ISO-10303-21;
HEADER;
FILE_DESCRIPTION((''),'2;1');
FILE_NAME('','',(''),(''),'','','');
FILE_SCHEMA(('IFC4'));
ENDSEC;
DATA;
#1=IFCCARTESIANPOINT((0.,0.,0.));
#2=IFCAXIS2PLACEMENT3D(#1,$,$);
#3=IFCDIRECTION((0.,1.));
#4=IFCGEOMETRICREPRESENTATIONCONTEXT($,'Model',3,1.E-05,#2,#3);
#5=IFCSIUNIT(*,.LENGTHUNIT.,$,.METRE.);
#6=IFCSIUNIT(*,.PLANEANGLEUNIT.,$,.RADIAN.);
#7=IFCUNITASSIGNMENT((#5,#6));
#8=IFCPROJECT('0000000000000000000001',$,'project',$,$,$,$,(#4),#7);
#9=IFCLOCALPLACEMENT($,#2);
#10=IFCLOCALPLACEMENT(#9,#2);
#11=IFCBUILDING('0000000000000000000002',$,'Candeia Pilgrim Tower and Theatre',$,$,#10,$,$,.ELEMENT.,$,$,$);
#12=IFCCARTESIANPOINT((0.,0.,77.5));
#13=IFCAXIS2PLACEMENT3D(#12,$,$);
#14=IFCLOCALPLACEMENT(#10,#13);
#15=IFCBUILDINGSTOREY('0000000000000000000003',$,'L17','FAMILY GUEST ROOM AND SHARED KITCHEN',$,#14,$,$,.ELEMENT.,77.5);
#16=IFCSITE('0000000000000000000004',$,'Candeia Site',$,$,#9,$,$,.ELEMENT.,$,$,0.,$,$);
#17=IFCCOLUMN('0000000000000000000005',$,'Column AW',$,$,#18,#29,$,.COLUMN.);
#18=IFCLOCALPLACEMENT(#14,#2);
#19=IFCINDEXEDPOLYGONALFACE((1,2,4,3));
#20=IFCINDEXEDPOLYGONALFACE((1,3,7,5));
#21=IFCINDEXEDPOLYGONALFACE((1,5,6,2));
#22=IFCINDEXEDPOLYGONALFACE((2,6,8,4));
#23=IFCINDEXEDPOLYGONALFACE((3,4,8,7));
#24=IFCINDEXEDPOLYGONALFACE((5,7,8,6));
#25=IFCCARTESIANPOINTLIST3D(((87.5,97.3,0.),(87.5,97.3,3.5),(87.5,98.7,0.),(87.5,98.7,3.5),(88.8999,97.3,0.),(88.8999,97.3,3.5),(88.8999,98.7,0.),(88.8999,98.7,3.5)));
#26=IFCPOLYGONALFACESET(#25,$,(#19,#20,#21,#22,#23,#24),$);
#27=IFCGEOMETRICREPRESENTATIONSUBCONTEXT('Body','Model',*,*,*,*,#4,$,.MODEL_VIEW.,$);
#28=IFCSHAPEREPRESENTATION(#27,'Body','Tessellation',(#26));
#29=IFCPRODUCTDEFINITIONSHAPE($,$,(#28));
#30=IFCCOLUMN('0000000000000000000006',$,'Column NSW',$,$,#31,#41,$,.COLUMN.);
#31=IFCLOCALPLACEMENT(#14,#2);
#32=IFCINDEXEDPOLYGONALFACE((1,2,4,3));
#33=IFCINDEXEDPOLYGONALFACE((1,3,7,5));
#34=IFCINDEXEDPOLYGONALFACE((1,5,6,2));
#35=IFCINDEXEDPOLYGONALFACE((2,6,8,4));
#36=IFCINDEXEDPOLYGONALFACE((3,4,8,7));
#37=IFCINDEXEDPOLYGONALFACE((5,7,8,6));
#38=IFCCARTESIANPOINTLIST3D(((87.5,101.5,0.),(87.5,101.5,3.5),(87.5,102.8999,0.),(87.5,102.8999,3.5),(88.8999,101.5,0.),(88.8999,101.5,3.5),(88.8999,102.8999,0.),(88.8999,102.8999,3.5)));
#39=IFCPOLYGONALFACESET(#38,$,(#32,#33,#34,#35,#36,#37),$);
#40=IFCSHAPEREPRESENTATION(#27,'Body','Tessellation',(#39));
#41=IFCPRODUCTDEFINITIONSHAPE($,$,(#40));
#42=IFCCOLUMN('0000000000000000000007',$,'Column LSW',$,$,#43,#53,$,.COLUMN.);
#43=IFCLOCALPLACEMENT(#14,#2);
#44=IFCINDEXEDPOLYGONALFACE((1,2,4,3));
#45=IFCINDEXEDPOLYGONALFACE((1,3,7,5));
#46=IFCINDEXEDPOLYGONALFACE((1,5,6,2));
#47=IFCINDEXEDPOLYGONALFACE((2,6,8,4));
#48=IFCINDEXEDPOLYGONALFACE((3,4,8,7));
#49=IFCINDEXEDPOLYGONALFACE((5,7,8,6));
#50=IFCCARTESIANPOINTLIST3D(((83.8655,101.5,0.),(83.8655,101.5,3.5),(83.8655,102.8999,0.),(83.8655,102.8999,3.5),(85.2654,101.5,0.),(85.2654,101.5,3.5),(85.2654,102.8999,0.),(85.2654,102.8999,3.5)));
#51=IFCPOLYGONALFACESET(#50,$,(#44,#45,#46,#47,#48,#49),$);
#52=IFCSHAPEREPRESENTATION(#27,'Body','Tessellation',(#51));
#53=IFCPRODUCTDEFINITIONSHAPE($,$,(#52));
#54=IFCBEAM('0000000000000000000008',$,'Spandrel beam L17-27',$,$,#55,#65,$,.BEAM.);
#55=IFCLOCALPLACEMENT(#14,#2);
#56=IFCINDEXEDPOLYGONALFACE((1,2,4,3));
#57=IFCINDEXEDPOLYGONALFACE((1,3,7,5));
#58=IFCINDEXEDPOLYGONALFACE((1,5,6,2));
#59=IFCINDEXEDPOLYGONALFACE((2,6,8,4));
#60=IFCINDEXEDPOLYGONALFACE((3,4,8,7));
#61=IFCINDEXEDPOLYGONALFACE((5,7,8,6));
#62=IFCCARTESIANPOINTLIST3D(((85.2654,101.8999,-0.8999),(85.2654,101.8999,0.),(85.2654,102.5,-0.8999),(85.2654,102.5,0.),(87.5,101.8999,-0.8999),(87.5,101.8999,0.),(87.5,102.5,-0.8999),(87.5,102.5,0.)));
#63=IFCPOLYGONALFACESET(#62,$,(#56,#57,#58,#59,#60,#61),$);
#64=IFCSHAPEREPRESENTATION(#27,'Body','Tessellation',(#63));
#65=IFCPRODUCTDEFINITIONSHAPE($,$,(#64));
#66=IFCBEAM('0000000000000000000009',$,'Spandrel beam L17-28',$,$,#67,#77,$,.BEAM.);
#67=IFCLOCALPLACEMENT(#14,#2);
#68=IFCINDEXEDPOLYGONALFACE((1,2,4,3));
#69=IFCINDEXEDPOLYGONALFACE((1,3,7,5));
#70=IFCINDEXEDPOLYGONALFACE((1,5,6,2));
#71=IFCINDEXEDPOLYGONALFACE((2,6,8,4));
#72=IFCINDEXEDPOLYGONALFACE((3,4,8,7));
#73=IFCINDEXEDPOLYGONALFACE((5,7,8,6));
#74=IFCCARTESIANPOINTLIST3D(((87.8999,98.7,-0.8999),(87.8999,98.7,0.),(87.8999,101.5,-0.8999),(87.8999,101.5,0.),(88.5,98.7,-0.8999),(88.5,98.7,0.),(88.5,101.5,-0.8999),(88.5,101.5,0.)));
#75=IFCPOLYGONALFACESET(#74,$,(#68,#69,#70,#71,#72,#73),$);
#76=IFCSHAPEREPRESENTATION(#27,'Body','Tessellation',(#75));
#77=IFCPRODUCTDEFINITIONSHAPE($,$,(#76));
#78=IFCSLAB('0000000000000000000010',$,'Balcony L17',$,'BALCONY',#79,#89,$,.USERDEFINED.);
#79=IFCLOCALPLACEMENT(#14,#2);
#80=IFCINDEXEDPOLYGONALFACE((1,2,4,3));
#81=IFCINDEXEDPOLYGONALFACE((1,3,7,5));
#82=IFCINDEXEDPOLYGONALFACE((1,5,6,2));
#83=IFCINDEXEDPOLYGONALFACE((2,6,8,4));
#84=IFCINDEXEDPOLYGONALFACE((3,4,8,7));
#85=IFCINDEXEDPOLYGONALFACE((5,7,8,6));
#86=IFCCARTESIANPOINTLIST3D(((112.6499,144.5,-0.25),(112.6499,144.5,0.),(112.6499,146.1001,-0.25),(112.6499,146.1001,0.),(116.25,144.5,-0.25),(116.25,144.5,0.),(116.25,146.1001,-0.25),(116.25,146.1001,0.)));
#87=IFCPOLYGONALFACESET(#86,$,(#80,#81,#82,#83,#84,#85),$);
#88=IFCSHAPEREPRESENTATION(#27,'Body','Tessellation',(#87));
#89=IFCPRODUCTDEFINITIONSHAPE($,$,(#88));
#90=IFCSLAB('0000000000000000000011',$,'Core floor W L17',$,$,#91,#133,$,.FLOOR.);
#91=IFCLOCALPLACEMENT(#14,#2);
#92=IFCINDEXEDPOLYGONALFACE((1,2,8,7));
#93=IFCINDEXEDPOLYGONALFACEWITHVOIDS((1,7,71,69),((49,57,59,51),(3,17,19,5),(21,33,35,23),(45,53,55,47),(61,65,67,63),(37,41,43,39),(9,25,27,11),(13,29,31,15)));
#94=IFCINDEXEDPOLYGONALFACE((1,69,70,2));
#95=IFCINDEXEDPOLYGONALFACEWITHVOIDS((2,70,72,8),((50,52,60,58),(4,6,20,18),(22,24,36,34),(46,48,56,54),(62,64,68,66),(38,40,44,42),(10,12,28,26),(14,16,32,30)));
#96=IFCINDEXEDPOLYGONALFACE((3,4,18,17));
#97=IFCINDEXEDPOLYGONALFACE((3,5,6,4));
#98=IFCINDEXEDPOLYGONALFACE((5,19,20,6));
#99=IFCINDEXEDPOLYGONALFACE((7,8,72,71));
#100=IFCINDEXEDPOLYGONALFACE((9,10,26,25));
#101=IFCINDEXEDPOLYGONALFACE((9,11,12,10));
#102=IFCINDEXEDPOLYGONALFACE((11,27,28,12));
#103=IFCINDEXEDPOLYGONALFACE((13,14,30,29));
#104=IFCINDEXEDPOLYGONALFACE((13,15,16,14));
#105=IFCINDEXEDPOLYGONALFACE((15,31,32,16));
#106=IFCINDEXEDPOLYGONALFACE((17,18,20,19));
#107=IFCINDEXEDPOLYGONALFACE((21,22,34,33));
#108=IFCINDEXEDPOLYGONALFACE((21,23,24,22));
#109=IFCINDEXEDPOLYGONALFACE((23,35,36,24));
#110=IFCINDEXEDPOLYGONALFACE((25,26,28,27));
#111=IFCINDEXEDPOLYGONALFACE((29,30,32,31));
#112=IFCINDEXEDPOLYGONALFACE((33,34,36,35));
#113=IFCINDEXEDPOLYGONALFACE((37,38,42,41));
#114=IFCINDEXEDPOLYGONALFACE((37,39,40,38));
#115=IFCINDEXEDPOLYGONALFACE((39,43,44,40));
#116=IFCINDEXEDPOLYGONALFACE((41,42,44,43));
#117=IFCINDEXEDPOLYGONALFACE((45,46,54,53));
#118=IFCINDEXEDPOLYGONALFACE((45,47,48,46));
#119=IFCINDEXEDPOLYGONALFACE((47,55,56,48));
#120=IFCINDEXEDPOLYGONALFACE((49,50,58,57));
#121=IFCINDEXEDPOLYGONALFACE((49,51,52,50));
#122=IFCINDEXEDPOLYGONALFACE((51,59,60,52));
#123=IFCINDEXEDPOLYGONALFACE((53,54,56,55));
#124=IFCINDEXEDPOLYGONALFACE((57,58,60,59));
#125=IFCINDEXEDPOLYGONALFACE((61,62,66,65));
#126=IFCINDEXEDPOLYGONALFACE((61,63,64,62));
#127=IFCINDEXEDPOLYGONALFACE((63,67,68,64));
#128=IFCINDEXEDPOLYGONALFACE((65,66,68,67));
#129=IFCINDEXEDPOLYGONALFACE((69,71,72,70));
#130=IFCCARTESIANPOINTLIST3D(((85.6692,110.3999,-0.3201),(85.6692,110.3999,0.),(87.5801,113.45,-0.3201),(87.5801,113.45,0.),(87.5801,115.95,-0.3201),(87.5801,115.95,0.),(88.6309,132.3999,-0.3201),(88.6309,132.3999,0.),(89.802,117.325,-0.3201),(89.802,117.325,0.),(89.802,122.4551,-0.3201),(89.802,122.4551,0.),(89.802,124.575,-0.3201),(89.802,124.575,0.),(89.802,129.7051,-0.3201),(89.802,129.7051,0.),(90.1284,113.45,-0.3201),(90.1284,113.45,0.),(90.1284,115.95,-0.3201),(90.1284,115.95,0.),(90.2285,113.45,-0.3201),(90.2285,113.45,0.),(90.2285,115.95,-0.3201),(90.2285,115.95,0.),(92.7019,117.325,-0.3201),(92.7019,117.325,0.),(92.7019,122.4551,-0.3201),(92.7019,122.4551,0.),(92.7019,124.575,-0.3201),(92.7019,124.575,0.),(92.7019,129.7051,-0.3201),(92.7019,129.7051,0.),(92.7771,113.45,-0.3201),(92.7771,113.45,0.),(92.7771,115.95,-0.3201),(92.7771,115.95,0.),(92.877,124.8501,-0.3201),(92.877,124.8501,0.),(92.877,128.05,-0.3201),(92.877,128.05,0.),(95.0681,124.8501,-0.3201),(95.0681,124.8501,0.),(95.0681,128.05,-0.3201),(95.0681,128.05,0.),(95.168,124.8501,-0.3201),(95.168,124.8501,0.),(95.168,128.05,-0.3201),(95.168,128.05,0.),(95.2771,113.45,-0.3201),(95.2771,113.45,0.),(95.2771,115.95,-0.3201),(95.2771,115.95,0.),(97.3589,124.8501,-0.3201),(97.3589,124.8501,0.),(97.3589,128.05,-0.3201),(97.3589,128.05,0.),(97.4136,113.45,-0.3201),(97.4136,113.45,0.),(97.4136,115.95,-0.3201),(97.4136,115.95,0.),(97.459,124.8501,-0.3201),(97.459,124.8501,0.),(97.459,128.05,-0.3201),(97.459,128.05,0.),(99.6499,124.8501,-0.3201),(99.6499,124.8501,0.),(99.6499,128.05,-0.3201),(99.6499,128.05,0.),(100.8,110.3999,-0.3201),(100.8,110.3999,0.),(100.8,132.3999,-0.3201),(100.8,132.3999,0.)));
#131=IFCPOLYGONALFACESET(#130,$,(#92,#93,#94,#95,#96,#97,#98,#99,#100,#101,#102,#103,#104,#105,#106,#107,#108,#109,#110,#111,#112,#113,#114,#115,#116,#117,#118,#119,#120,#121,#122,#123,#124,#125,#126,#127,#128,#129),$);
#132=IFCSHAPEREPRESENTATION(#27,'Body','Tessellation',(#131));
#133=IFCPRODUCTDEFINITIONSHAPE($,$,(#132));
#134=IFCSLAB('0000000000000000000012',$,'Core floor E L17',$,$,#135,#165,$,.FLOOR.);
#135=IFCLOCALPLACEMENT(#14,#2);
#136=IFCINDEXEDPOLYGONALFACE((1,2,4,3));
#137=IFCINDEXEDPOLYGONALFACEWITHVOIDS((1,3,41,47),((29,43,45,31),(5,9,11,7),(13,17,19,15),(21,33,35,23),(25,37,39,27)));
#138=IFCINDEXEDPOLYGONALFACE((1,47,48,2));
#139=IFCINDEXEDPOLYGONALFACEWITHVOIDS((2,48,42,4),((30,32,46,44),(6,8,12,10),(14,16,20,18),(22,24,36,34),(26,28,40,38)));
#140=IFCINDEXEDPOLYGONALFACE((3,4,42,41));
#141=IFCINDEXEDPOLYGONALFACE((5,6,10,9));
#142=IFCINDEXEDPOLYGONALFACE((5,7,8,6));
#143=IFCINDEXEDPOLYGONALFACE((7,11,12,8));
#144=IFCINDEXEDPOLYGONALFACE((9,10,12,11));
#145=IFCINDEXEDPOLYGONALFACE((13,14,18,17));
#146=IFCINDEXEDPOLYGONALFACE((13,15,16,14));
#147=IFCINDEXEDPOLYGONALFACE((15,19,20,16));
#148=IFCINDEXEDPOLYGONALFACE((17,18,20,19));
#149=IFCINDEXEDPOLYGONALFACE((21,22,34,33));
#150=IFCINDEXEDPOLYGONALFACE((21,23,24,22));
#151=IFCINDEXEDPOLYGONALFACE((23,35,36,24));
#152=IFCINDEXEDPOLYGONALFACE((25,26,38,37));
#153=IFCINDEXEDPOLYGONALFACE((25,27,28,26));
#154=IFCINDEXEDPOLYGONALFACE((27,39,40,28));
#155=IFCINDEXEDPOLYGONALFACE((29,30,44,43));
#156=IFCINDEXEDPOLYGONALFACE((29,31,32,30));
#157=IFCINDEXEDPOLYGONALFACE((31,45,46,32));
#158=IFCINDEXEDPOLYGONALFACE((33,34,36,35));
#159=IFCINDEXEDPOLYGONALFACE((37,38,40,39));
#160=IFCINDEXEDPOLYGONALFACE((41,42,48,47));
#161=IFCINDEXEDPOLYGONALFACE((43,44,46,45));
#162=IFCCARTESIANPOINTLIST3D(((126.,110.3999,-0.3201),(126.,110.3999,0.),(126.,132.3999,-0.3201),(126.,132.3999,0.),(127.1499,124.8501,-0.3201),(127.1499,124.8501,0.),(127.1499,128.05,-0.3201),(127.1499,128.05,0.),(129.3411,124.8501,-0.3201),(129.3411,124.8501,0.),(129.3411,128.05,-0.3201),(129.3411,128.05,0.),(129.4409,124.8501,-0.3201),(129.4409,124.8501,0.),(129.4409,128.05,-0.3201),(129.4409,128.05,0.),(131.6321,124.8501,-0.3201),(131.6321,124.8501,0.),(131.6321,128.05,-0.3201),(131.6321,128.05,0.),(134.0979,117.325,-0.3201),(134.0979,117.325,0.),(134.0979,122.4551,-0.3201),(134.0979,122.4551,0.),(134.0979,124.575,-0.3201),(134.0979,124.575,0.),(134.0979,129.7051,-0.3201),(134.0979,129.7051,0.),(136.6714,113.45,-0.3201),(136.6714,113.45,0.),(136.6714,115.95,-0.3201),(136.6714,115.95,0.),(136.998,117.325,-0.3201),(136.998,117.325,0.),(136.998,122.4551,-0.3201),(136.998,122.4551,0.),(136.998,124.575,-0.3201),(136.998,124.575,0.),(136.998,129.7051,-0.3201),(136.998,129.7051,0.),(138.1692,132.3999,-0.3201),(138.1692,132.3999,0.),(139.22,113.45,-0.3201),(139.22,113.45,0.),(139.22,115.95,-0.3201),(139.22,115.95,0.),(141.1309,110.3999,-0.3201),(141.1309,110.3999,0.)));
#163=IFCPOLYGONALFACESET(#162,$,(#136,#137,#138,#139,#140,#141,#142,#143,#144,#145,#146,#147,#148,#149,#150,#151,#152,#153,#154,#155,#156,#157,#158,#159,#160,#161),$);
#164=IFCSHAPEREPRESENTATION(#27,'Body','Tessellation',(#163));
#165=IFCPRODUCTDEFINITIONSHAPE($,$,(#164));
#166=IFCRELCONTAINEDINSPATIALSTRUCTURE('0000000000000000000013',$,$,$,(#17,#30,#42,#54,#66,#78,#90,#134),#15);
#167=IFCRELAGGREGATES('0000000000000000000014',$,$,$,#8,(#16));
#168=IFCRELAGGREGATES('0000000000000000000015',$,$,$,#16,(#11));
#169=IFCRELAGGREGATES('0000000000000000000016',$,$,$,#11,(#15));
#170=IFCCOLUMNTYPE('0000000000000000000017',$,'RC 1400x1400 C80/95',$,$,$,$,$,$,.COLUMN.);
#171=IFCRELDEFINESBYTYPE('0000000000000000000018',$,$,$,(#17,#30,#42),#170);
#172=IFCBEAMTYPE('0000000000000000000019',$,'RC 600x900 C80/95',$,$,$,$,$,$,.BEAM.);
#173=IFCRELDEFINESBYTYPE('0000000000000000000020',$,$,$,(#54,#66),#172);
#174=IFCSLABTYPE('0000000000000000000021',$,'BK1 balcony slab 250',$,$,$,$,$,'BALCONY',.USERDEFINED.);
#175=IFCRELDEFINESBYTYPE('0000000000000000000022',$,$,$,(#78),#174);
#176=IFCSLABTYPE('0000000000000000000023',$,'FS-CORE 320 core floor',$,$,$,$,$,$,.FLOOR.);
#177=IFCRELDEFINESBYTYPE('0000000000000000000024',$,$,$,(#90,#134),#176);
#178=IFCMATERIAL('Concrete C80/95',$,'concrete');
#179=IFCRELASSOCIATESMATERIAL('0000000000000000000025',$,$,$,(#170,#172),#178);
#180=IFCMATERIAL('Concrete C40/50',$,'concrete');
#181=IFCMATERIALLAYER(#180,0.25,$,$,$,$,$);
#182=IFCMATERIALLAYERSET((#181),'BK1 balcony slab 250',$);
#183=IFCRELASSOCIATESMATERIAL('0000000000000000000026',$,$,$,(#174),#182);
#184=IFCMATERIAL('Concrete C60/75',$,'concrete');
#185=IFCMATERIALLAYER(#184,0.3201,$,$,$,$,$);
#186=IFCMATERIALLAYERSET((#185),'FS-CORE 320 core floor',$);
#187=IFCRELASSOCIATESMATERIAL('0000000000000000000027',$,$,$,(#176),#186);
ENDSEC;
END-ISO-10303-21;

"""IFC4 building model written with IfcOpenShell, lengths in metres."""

from ifc_helpers import new_model, si_unit, direction, frame, origin, origin_2d, place, context, subcontext, project, spatial, polyline, rectangle, outline, extrude, material, layer, layer_set, material_profile, profile_set, type_object, element, save


model = new_model("IFC4")

# Units and contexts
model_context = context("Model", 3, precision=1e-05, world=origin(), true_north=direction((0.0, 1.0)))
body_context = subcontext(model_context, "Body", "Model", "MODEL_VIEW")
ifc_project = project(units=[si_unit("LENGTHUNIT", "METRE"), si_unit("PLANEANGLEUNIT", "RADIAN")], contexts=[model_context])

# Site, building, storey
site_placement = place(None, origin())
site = spatial("IfcSite", under=ifc_project, at=site_placement, Name="Candeia Site", CompositionType="ELEMENT", RefElevation=0.0)
building_placement = place(site_placement, origin())
building = spatial("IfcBuilding", under=site, at=building_placement, Name="Candeia Pilgrim Tower and Theatre", CompositionType="ELEMENT")
storey_placement = place(building_placement, frame((0.0, 0.0, 77.5)))
storey = spatial("IfcBuildingStorey", under=building, at=storey_placement, Name="L17", Description="FAMILY GUEST ROOM AND SHARED KITCHEN", CompositionType="ELEMENT", Elevation=77.5)

# Columns
ifc_material_1 = material(Name="Concrete C80/95", Category="concrete")
ifc_material_profile_1 = material_profile(ifc_material_1, rectangle(XDim=1.3999, YDim=1.3999, at=origin_2d()))
ifc_profile_set_1 = profile_set([ifc_material_profile_1], Name="Concrete C80/95")
column_type = type_object("IfcColumnType", Name="RC 1400x1400 C80/95", PredefinedType="COLUMN", material=ifc_profile_set_1)
for number, where, z_axis, x_axis, name in (
    (1, (88.2, 98.0, 0.0), (0.0, 0.0, 1.0), (1.0, 0.0, 0.0), "Column AW"),
    (2, (88.2, 102.2, 0.0), (0.0, 0.0, 1.0), (1.0, 0.0, 0.0), "Column NSW"),
    (3, (84.5654, 102.2, 0.0), (0.0, 0.0, 1.0), (1.0, 0.0, 0.0), "Column LSW"),
):
    element("IfcColumn", number, at=place(storey_placement, frame(where, z_axis=z_axis, x_axis=x_axis)), inside=storey, type_object=column_type, Name=name, PredefinedType="COLUMN", context=body_context, shape_type="SweptSolid", body=[
        extrude(rectangle(XDim=1.3999, YDim=1.3999, at=origin_2d()), origin(), (0.0, 0.0, 1.0), 3.5),
    ])

# Beams
ifc_material_profile_2 = material_profile(ifc_material_1, rectangle(XDim=0.6001, YDim=0.8999, at=origin_2d()))
ifc_profile_set_2 = profile_set([ifc_material_profile_2], Name="Concrete C80/95")
beam_type = type_object("IfcBeamType", Name="RC 600x900 C80/95", PredefinedType="BEAM", material=ifc_profile_set_2)
beam_1_placement = place(storey_placement, frame((85.2654, 102.2, -0.45), z_axis=(1.0, 0.0, 0.0), x_axis=(0.0, 1.0, 0.0)))
element("IfcBeam", 4, at=beam_1_placement, inside=storey, type_object=beam_type, Name="Spandrel beam L17-27", PredefinedType="BEAM", context=body_context, shape_type="SweptSolid", body=[
    extrude(rectangle(XDim=0.6001, YDim=0.8999, at=origin_2d()), origin(), (0.0, 0.0, 1.0), 2.2346),
])
beam_2_placement = place(storey_placement, frame((88.2, 101.5, -0.45), z_axis=(0.0, -1.0, 0.0), x_axis=(1.0, 0.0, 0.0)))
element("IfcBeam", 5, at=beam_2_placement, inside=storey, type_object=beam_type, Name="Spandrel beam L17-28", PredefinedType="BEAM", context=body_context, shape_type="SweptSolid", body=[
    extrude(rectangle(XDim=0.6001, YDim=0.8999, at=origin_2d()), origin(), (0.0, 0.0, 1.0), 2.8),
])

# Slabs
ifc_material_2 = material(Name="Concrete C40/50", Category="concrete")
ifc_layer_1 = layer(ifc_material_2, 0.25)
ifc_layer_set_1 = layer_set([ifc_layer_1], Name="BK1 balcony slab 250")
slab_type_1 = type_object("IfcSlabType", Name="BK1 balcony slab 250", ElementType="BALCONY", PredefinedType="USERDEFINED", material=ifc_layer_set_1)
slab_1_placement = place(storey_placement, frame((0.0, 0.0, -0.25)))
element("IfcSlab", 6, at=slab_1_placement, inside=storey, type_object=slab_type_1, Name="Balcony L17", ObjectType="BALCONY", PredefinedType="USERDEFINED", context=body_context, shape_type="SweptSolid", body=[
    extrude(outline(polyline([(112.6499, 144.5), (116.25, 144.5), (116.25, 146.1001), (112.6499, 146.1001), (112.6499, 144.5)])), origin(), (0.0, 0.0, 1.0), 0.25),
])
ifc_material_3 = material(Name="Concrete C60/75", Category="concrete")
ifc_layer_2 = layer(ifc_material_3, 0.3201)
ifc_layer_set_2 = layer_set([ifc_layer_2], Name="FS-CORE 320 core floor")
slab_type_2 = type_object("IfcSlabType", Name="FS-CORE 320 core floor", PredefinedType="FLOOR", material=ifc_layer_set_2)
slab_2_placement = place(storey_placement, frame((0.0, 0.0, -0.3201)))
element("IfcSlab", 7, at=slab_2_placement, inside=storey, type_object=slab_type_2, Name="Core floor W L17", PredefinedType="FLOOR", context=body_context, shape_type="SweptSolid", body=[
    extrude(outline(polyline([(100.8, 132.3999), (100.8, 110.3999), (85.6692, 110.3999), (88.6309, 132.3999), (100.8, 132.3999)]), holes=[polyline([(97.459, 128.05), (97.459, 124.8501), (99.6499, 124.8501), (99.6499, 128.05), (97.459, 128.05)]), polyline([(95.2771, 115.95), (95.2771, 113.45), (97.4136, 113.45), (97.4136, 115.95), (95.2771, 115.95)]), polyline([(95.168, 128.05), (95.168, 124.8501), (97.3589, 124.8501), (97.3589, 128.05), (95.168, 128.05)]), polyline([(92.877, 128.05), (92.877, 124.8501), (95.0681, 124.8501), (95.0681, 128.05), (92.877, 128.05)]), polyline([(90.2285, 115.95), (90.2285, 113.45), (92.7771, 113.45), (92.7771, 115.95), (90.2285, 115.95)]), polyline([(89.802, 122.4551), (89.802, 117.325), (92.7019, 117.325), (92.7019, 122.4551), (89.802, 122.4551)]), polyline([(89.802, 129.7051), (89.802, 124.575), (92.7019, 124.575), (92.7019, 129.7051), (89.802, 129.7051)]), polyline([(87.5801, 115.95), (87.5801, 113.45), (90.1284, 113.45), (90.1284, 115.95), (87.5801, 115.95)])]), origin(), (0.0, 0.0, 1.0), 0.3201),
])
slab_3_placement = place(storey_placement, frame((0.0, 0.0, -0.3201)))
element("IfcSlab", 8, at=slab_3_placement, inside=storey, type_object=slab_type_2, Name="Core floor E L17", PredefinedType="FLOOR", context=body_context, shape_type="SweptSolid", body=[
    extrude(outline(polyline([(138.1692, 132.3999), (141.1309, 110.3999), (126.0, 110.3999), (126.0, 132.3999), (138.1692, 132.3999)]), holes=[polyline([(136.6714, 115.95), (136.6714, 113.45), (139.22, 113.45), (139.22, 115.95), (136.6714, 115.95)]), polyline([(134.0979, 117.325), (136.998, 117.325), (136.998, 122.4551), (134.0979, 122.4551), (134.0979, 117.325)]), polyline([(134.0979, 129.7051), (134.0979, 124.575), (136.998, 124.575), (136.998, 129.7051), (134.0979, 129.7051)]), polyline([(131.6321, 128.05), (129.4409, 128.05), (129.4409, 124.8501), (131.6321, 124.8501), (131.6321, 128.05)]), polyline([(127.1499, 128.05), (127.1499, 124.8501), (129.3411, 124.8501), (129.3411, 128.05), (127.1499, 128.05)])]), origin(), (0.0, 0.0, 1.0), 0.3201),
])

save(model, "model.ifc")
